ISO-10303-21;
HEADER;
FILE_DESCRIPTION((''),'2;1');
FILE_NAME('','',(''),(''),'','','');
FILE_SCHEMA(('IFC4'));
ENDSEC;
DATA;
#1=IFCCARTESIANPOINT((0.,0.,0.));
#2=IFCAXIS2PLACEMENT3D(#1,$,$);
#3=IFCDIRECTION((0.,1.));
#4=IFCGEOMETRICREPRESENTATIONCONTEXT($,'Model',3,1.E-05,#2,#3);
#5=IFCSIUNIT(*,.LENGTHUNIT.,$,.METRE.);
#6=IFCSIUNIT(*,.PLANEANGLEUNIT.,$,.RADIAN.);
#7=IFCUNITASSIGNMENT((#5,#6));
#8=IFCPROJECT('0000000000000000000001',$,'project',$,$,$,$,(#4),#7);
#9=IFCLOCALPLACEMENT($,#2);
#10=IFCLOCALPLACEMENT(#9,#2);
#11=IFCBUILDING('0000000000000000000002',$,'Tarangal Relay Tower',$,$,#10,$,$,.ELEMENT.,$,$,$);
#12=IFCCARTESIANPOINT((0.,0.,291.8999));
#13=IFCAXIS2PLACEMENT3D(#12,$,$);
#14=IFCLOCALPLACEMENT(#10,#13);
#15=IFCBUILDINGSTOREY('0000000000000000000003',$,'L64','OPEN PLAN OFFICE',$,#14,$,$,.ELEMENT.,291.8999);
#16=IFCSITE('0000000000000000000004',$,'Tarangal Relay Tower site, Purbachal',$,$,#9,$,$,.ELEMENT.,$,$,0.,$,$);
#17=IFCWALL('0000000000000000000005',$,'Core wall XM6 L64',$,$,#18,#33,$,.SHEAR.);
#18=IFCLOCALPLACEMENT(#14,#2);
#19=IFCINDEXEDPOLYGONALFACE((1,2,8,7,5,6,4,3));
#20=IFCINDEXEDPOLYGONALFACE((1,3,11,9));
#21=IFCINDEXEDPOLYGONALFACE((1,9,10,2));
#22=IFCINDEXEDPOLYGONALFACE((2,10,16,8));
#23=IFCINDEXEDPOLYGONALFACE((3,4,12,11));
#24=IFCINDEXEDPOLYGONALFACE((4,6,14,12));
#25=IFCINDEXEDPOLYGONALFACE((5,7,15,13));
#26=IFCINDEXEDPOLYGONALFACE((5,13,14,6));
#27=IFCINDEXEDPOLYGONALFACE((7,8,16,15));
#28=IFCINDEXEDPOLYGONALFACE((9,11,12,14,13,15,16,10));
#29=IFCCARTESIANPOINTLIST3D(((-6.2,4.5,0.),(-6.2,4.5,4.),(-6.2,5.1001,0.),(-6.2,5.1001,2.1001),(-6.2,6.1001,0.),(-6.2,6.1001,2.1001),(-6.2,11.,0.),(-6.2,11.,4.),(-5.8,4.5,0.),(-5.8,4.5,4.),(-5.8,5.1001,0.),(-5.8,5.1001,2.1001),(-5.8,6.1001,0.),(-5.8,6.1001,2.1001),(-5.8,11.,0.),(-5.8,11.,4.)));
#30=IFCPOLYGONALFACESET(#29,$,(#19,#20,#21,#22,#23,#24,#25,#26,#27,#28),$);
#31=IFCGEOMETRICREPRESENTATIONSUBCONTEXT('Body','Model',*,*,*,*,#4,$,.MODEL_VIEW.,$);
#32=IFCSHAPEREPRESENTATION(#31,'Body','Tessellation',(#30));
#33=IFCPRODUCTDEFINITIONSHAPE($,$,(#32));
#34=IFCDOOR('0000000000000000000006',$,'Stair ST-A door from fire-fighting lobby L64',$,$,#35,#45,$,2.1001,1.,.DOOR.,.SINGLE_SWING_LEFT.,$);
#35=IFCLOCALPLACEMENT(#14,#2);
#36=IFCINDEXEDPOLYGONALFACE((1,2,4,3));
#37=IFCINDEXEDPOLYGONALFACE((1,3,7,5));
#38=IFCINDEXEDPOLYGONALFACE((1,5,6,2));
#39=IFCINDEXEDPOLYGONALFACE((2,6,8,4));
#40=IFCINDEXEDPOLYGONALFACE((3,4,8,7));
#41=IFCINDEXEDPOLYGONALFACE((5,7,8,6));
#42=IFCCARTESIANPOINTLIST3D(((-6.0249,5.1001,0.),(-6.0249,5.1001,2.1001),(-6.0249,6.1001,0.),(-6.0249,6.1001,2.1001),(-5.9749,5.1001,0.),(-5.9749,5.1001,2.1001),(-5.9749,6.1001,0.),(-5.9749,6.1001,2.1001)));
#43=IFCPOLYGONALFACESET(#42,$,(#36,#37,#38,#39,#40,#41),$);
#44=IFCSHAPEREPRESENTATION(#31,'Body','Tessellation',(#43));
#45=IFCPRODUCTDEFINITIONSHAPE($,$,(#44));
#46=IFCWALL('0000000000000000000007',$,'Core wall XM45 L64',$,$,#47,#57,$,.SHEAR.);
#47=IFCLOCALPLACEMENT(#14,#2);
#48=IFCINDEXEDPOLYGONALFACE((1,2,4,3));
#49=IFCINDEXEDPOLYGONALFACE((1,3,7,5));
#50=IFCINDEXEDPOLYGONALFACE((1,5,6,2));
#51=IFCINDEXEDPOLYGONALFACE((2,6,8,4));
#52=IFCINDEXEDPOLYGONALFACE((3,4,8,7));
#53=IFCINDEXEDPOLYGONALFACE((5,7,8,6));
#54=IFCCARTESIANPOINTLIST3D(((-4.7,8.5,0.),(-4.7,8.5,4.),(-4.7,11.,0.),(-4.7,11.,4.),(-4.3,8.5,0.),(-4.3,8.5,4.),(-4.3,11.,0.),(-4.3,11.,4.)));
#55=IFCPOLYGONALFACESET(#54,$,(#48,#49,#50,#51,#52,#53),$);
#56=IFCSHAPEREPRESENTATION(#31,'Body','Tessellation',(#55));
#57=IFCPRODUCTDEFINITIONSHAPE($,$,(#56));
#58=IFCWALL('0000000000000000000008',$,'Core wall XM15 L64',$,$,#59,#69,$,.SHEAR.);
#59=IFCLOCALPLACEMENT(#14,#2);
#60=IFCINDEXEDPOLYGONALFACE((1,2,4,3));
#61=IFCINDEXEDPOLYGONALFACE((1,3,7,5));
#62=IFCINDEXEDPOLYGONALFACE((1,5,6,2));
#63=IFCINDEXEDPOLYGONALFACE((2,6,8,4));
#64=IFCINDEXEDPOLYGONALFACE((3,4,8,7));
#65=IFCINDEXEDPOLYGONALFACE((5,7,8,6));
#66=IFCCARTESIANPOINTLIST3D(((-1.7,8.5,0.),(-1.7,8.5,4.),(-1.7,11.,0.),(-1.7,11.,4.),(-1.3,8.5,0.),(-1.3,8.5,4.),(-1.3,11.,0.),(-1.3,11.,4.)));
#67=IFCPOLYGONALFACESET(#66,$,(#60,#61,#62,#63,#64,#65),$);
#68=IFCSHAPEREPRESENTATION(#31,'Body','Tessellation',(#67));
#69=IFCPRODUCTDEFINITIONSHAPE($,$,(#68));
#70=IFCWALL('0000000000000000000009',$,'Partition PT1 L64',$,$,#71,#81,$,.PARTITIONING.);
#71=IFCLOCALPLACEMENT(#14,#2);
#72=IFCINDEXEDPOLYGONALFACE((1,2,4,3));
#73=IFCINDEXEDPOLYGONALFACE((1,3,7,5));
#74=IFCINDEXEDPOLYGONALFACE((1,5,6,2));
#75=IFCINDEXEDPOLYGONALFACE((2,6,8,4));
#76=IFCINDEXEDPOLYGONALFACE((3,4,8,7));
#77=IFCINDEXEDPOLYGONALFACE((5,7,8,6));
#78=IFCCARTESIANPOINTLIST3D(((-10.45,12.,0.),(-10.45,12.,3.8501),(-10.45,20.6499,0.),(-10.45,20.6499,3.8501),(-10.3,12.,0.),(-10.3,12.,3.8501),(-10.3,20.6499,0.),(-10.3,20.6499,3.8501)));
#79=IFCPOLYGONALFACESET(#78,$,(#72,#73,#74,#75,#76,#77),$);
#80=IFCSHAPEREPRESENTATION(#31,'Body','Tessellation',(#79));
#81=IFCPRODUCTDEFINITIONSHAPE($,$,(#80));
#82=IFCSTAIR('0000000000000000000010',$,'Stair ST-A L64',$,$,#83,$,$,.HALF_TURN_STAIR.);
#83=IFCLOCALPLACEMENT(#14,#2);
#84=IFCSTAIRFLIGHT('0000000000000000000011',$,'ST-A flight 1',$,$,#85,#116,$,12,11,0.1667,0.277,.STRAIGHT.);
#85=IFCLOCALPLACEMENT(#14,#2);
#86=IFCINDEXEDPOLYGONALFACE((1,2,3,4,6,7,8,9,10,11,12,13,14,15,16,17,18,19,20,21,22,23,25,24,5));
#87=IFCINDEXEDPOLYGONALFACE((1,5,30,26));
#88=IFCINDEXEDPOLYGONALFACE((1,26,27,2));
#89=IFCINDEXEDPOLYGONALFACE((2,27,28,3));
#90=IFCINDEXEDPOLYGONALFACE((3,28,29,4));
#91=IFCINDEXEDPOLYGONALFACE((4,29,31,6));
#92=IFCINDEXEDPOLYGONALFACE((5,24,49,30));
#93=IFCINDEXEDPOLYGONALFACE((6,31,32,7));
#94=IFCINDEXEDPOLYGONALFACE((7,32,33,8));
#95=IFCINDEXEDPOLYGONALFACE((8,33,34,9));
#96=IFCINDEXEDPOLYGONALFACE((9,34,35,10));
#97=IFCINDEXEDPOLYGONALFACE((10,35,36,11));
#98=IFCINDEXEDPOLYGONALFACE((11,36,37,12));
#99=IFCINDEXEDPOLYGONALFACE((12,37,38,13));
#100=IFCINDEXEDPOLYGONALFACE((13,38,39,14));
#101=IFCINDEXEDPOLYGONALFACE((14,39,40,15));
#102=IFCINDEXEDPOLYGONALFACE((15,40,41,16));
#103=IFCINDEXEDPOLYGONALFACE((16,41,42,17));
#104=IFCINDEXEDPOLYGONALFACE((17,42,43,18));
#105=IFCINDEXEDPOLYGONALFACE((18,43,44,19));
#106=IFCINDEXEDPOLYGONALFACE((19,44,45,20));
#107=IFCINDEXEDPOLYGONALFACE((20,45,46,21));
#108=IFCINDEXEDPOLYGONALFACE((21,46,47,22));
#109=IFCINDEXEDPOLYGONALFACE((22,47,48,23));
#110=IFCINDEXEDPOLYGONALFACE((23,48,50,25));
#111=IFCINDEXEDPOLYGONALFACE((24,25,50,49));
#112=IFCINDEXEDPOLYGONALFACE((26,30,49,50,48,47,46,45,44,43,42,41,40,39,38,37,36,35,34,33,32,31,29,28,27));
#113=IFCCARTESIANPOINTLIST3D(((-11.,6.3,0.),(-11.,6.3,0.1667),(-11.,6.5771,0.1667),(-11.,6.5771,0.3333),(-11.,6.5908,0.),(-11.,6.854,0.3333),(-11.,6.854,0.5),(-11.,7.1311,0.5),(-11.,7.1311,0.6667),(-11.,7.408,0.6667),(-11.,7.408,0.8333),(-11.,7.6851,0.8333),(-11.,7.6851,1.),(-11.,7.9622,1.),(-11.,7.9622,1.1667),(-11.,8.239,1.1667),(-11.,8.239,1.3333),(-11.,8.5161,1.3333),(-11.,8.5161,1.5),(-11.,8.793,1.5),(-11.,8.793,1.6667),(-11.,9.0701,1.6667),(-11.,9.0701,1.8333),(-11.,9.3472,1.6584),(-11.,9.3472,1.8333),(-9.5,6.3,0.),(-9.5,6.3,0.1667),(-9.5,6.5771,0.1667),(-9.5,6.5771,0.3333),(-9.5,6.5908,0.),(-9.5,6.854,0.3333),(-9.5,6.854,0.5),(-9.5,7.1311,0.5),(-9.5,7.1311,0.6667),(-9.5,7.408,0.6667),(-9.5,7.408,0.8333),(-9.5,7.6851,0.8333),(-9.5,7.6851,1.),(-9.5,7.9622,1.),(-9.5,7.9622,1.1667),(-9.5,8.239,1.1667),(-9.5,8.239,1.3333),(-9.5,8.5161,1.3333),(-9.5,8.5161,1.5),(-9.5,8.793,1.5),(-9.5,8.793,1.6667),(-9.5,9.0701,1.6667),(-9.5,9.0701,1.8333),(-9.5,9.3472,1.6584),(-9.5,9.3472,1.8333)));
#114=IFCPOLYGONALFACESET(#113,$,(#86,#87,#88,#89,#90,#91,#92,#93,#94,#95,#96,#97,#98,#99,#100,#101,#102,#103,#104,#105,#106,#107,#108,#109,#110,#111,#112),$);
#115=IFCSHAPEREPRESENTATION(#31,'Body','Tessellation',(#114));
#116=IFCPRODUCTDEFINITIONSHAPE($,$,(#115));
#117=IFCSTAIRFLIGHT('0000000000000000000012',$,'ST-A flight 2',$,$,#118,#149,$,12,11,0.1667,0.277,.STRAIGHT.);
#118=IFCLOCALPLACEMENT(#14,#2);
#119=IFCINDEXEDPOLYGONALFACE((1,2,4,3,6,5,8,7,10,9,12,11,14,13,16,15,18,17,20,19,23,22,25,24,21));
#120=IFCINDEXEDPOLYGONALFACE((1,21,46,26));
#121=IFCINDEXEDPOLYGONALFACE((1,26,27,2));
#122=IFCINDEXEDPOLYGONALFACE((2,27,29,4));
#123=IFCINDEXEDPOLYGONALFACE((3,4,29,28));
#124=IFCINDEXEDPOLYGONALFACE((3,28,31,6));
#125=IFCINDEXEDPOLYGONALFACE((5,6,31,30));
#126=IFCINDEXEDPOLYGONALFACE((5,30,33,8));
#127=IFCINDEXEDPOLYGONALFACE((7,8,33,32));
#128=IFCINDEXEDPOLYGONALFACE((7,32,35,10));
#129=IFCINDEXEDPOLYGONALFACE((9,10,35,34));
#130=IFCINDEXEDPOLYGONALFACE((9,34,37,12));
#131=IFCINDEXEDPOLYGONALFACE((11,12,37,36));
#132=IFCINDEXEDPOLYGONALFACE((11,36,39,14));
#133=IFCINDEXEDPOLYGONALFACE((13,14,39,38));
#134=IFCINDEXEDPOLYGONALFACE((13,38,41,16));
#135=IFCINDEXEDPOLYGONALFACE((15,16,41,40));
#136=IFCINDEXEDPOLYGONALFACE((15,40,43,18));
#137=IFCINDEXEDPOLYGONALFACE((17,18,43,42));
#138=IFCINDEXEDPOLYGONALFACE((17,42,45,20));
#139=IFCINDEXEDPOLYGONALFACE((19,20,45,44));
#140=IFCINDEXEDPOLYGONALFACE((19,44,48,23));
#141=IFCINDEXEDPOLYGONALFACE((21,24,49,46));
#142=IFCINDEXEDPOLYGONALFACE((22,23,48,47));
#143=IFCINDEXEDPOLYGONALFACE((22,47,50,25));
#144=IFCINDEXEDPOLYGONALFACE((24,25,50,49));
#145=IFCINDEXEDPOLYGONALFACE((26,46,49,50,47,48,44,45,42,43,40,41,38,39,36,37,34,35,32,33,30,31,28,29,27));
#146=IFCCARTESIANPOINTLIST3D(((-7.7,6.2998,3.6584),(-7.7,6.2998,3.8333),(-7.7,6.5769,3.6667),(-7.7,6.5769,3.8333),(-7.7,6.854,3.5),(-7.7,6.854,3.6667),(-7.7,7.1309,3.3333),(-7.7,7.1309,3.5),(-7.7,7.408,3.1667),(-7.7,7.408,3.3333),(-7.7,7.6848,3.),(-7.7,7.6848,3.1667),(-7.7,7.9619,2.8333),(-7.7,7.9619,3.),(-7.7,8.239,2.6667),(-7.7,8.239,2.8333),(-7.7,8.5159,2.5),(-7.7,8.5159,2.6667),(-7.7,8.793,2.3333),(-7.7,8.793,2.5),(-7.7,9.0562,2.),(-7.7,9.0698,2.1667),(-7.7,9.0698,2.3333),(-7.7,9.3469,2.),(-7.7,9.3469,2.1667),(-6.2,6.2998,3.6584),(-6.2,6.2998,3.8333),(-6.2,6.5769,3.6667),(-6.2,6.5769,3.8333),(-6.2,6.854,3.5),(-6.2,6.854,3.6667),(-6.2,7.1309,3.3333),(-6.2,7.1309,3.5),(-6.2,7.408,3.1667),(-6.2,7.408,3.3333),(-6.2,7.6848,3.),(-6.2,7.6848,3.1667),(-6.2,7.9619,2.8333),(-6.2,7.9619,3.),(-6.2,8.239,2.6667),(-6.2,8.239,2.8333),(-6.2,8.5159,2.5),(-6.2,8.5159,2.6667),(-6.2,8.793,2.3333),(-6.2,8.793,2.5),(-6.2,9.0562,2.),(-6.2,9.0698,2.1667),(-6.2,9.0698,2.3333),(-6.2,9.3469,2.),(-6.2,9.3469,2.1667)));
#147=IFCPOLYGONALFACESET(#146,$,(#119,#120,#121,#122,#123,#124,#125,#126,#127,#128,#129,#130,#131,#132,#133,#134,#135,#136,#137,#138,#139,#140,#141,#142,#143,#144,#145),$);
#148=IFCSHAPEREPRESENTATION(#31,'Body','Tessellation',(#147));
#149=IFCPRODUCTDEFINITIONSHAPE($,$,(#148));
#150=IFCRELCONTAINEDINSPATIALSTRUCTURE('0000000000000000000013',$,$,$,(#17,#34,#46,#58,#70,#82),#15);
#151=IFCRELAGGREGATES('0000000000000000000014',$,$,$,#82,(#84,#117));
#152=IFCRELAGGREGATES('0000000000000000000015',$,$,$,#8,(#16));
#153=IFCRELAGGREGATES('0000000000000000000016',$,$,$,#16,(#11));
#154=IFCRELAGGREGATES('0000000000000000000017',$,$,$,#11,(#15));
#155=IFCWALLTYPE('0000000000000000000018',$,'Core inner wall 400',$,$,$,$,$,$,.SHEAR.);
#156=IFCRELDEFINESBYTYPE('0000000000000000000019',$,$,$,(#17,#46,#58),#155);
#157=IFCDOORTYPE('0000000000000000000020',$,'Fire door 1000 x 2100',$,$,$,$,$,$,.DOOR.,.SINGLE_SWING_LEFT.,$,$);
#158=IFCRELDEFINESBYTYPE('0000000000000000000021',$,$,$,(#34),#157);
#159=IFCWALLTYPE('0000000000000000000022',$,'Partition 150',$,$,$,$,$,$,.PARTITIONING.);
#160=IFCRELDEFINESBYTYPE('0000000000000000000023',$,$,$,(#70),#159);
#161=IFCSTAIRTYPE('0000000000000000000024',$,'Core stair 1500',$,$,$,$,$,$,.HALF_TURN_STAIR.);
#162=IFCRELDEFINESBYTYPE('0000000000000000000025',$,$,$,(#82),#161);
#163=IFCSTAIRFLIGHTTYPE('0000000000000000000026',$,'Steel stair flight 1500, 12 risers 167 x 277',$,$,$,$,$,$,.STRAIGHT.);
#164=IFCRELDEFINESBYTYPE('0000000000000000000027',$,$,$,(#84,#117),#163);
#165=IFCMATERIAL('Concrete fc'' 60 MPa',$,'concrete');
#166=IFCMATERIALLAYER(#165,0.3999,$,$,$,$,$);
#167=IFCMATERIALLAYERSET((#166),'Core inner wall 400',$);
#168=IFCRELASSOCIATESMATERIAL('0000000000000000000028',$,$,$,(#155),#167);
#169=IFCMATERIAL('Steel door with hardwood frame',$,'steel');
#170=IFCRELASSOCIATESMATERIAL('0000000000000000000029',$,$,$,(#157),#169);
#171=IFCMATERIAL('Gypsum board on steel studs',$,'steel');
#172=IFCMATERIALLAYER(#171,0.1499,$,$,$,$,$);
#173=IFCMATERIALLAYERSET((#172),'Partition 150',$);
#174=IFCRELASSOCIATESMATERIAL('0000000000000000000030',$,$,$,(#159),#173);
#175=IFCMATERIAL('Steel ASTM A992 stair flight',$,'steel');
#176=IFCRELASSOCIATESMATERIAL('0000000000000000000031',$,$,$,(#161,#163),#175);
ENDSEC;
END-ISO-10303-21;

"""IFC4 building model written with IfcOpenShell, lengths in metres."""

from ifc_helpers import new_model, si_unit, direction, frame, frame_2d, origin, place, context, subcontext, project, spatial, polyline, rectangle, outline, extrude, material, layer, layer_set, type_object, element, fill, aggregate, save


model = new_model("IFC4")

# Units and contexts
model_context = context("Model", 3, precision=1e-05, world=origin(), true_north=direction((0.0, 1.0)))
body_context = subcontext(model_context, "Body", "Model", "MODEL_VIEW")
ifc_project = project(units=[si_unit("LENGTHUNIT", "METRE"), si_unit("PLANEANGLEUNIT", "RADIAN")], contexts=[model_context])

# Site, building, storey
site_placement = place(None, origin())
site = spatial("IfcSite", under=ifc_project, at=site_placement, Name="Tarangal Relay Tower site, Purbachal", CompositionType="ELEMENT", RefElevation=0.0)
building_placement = place(site_placement, origin())
building = spatial("IfcBuilding", under=site, at=building_placement, Name="Tarangal Relay Tower", CompositionType="ELEMENT")
storey_placement = place(building_placement, frame((0.0, 0.0, 291.8999)))
storey = spatial("IfcBuildingStorey", under=building, at=storey_placement, Name="L64", Description="OPEN PLAN OFFICE", CompositionType="ELEMENT", Elevation=291.8999)

# Shared definitions
ifc_material_1 = material(Name="Concrete fc' 60 MPa", Category="concrete")
ifc_layer_1 = layer(ifc_material_1, 0.3999)
ifc_layer_set_1 = layer_set([ifc_layer_1], Name="Core inner wall 400")
wall_type_1 = type_object("IfcWallType", Name="Core inner wall 400", PredefinedType="SHEAR", material=ifc_layer_set_1)
ifc_material_2 = material(Name="Steel door with hardwood frame", Category="steel")

# Wall, opening, door
wall_1_placement = place(storey_placement, frame((-6.0, 4.5, 0.0), z_axis=(0.0, 0.0, 1.0), x_axis=(0.0, 1.0, 0.0)))
wall_1 = element("IfcWall", 1, at=wall_1_placement, inside=storey, type_object=wall_type_1, Name="Core wall XM6 L64", PredefinedType="SHEAR", context=body_context, shape_type="SweptSolid", body=[
    extrude(rectangle(XDim=6.5, YDim=0.3999, at=frame_2d((3.25, 0.0))), origin(), (0.0, 0.0, 1.0), 4.0),
])
opening_1_placement = place(wall_1_placement, frame((0.6001, 0.0, 0.0)))
opening_1 = element("IfcOpeningElement", 2, at=opening_1_placement, cuts=wall_1, PredefinedType="OPENING", context=body_context, shape_type="SweptSolid", body=[
    extrude(rectangle(XDim=1.0, YDim=2.1001, at=frame_2d((0.5, 1.05))), frame((0.0, 0.21, 0.0), z_axis=(0.0, -1.0, 0.0), x_axis=(1.0, 0.0, 0.0)), (0.0, 0.0, 1.0), 0.4199),
])
door_type_1 = type_object("IfcDoorType", Name="Fire door 1000 x 2100", OperationType="SINGLE_SWING_LEFT", PredefinedType="DOOR", material=ifc_material_2)
door_1_placement = place(opening_1_placement, origin())
door_1 = element("IfcDoor", 3, at=door_1_placement, inside=storey, type_object=door_type_1, Name="Stair ST-A door from fire-fighting lobby L64", OperationType="SINGLE_SWING_LEFT", OverallHeight=2.1001, OverallWidth=1.0, PredefinedType="DOOR", context=body_context, shape_type="SweptSolid", body=[
    extrude(rectangle(XDim=1.0, YDim=2.1001, at=frame_2d((0.5, 1.05))), frame((0.0, 0.0249, 0.0), z_axis=(0.0, -1.0, 0.0), x_axis=(1.0, 0.0, 0.0)), (0.0, 0.0, 1.0), 0.05),
])
fill(opening_1, door_1)

# Walls
for number, where, z_axis, x_axis, name in (
    (4, (-4.5, 8.5, 0.0), (0.0, 0.0, 1.0), (0.0, 1.0, 0.0), "Core wall XM45 L64"),
    (5, (-1.5, 8.5, 0.0), (0.0, 0.0, 1.0), (0.0, 1.0, 0.0), "Core wall XM15 L64"),
):
    element("IfcWall", number, at=place(storey_placement, frame(where, z_axis=z_axis, x_axis=x_axis)), inside=storey, type_object=wall_type_1, Name=name, PredefinedType="SHEAR", context=body_context, shape_type="SweptSolid", body=[
        extrude(rectangle(XDim=2.5, YDim=0.3999, at=frame_2d((1.25, 0.0))), origin(), (0.0, 0.0, 1.0), 4.0),
    ])
ifc_material_3 = material(Name="Gypsum board on steel studs", Category="steel")
ifc_layer_2 = layer(ifc_material_3, 0.1499)
ifc_layer_set_2 = layer_set([ifc_layer_2], Name="Partition 150")
wall_type_2 = type_object("IfcWallType", Name="Partition 150", PredefinedType="PARTITIONING", material=ifc_layer_set_2)
wall_2_placement = place(storey_placement, frame((-10.375, 12.0, 0.0), z_axis=(0.0, 0.0, 1.0), x_axis=(0.0, 1.0, 0.0)))
element("IfcWall", 6, at=wall_2_placement, inside=storey, type_object=wall_type_2, Name="Partition PT1 L64", PredefinedType="PARTITIONING", context=body_context, shape_type="SweptSolid", body=[
    extrude(rectangle(XDim=8.6499, YDim=0.1499, at=frame_2d((4.325, 0.0))), origin(), (0.0, 0.0, 1.0), 3.8501),
])

# Stair, stair flights
ifc_material_4 = material(Name="Steel ASTM A992 stair flight", Category="steel")
stair_type = type_object("IfcStairType", Name="Core stair 1500", PredefinedType="HALF_TURN_STAIR", material=ifc_material_4)
stair_placement = place(storey_placement, origin())
stair = element("IfcStair", 7, at=stair_placement, inside=storey, type_object=stair_type, Name="Stair ST-A L64", PredefinedType="HALF_TURN_STAIR")
stair_flight_type = type_object("IfcStairFlightType", Name="Steel stair flight 1500, 12 risers 167 x 277", PredefinedType="STRAIGHT", material=ifc_material_4)
stair_flight_1_placement = place(storey_placement, frame((-10.25, 6.3, 0.0), z_axis=(0.0, 0.0, 1.0), x_axis=(0.0, 1.0, 0.0)))
stair_flight_1 = element("IfcStairFlight", 8, at=stair_flight_1_placement, type_object=stair_flight_type, Name="ST-A flight 1", NumberOfRisers=12, NumberOfTreads=11, PredefinedType="STRAIGHT", RiserHeight=0.1667, TreadLength=0.277, context=body_context, shape_type="SweptSolid", body=[
    extrude(outline(polyline([(0.0, 0.0), (0.0, 0.1667), (0.2771, 0.1667), (0.2771, 0.3333), (0.554, 0.3333), (0.554, 0.5), (0.8311, 0.5), (0.8311, 0.6667), (1.1079, 0.6667), (1.1079, 0.8333), (1.385, 0.8333), (1.385, 1.0), (1.6621, 1.0), (1.6621, 1.1667), (1.939, 1.1667), (1.939, 1.3333), (2.2161, 1.3333), (2.2161, 1.5), (2.4929, 1.5), (2.4929, 1.6667), (2.77, 1.6667), (2.77, 1.8333), (3.0471, 1.8333), (3.0471, 2.0), (3.0471, 1.6584), (0.2908, 0.0), (0.0, 0.0)])), frame((0.0, 0.75, 0.0), z_axis=(0.0, -1.0, 0.0), x_axis=(1.0, 0.0, 0.0)), (0.0, 0.0, 1.0), 1.5),
])
stair_flight_2_placement = place(storey_placement, frame((-6.95, 9.3469, 2.0), z_axis=(0.0, 0.0, 1.0), x_axis=(0.0, -1.0, 0.0)))
stair_flight_2 = element("IfcStairFlight", 9, at=stair_flight_2_placement, type_object=stair_flight_type, Name="ST-A flight 2", NumberOfRisers=12, NumberOfTreads=11, PredefinedType="STRAIGHT", RiserHeight=0.1667, TreadLength=0.277, context=body_context, shape_type="SweptSolid", body=[
    extrude(outline(polyline([(0.0, 0.0), (0.0, 0.1667), (0.2771, 0.1667), (0.2771, 0.3333), (0.554, 0.3333), (0.554, 0.5), (0.8311, 0.5), (0.8311, 0.6667), (1.1079, 0.6667), (1.1079, 0.8333), (1.385, 0.8333), (1.385, 1.0), (1.6621, 1.0), (1.6621, 1.1667), (1.939, 1.1667), (1.939, 1.3333), (2.2161, 1.3333), (2.2161, 1.5), (2.4929, 1.5), (2.4929, 1.6667), (2.77, 1.6667), (2.77, 1.8333), (3.0471, 1.8333), (3.0471, 2.0), (3.0471, 1.6584), (0.2908, 0.0), (0.0, 0.0)])), frame((0.0, 0.75, 0.0), z_axis=(0.0, -1.0, 0.0), x_axis=(1.0, 0.0, 0.0)), (0.0, 0.0, 1.0), 1.5),
])
aggregate(stair, [stair_flight_1, stair_flight_2])

save(model, "model.ifc")
